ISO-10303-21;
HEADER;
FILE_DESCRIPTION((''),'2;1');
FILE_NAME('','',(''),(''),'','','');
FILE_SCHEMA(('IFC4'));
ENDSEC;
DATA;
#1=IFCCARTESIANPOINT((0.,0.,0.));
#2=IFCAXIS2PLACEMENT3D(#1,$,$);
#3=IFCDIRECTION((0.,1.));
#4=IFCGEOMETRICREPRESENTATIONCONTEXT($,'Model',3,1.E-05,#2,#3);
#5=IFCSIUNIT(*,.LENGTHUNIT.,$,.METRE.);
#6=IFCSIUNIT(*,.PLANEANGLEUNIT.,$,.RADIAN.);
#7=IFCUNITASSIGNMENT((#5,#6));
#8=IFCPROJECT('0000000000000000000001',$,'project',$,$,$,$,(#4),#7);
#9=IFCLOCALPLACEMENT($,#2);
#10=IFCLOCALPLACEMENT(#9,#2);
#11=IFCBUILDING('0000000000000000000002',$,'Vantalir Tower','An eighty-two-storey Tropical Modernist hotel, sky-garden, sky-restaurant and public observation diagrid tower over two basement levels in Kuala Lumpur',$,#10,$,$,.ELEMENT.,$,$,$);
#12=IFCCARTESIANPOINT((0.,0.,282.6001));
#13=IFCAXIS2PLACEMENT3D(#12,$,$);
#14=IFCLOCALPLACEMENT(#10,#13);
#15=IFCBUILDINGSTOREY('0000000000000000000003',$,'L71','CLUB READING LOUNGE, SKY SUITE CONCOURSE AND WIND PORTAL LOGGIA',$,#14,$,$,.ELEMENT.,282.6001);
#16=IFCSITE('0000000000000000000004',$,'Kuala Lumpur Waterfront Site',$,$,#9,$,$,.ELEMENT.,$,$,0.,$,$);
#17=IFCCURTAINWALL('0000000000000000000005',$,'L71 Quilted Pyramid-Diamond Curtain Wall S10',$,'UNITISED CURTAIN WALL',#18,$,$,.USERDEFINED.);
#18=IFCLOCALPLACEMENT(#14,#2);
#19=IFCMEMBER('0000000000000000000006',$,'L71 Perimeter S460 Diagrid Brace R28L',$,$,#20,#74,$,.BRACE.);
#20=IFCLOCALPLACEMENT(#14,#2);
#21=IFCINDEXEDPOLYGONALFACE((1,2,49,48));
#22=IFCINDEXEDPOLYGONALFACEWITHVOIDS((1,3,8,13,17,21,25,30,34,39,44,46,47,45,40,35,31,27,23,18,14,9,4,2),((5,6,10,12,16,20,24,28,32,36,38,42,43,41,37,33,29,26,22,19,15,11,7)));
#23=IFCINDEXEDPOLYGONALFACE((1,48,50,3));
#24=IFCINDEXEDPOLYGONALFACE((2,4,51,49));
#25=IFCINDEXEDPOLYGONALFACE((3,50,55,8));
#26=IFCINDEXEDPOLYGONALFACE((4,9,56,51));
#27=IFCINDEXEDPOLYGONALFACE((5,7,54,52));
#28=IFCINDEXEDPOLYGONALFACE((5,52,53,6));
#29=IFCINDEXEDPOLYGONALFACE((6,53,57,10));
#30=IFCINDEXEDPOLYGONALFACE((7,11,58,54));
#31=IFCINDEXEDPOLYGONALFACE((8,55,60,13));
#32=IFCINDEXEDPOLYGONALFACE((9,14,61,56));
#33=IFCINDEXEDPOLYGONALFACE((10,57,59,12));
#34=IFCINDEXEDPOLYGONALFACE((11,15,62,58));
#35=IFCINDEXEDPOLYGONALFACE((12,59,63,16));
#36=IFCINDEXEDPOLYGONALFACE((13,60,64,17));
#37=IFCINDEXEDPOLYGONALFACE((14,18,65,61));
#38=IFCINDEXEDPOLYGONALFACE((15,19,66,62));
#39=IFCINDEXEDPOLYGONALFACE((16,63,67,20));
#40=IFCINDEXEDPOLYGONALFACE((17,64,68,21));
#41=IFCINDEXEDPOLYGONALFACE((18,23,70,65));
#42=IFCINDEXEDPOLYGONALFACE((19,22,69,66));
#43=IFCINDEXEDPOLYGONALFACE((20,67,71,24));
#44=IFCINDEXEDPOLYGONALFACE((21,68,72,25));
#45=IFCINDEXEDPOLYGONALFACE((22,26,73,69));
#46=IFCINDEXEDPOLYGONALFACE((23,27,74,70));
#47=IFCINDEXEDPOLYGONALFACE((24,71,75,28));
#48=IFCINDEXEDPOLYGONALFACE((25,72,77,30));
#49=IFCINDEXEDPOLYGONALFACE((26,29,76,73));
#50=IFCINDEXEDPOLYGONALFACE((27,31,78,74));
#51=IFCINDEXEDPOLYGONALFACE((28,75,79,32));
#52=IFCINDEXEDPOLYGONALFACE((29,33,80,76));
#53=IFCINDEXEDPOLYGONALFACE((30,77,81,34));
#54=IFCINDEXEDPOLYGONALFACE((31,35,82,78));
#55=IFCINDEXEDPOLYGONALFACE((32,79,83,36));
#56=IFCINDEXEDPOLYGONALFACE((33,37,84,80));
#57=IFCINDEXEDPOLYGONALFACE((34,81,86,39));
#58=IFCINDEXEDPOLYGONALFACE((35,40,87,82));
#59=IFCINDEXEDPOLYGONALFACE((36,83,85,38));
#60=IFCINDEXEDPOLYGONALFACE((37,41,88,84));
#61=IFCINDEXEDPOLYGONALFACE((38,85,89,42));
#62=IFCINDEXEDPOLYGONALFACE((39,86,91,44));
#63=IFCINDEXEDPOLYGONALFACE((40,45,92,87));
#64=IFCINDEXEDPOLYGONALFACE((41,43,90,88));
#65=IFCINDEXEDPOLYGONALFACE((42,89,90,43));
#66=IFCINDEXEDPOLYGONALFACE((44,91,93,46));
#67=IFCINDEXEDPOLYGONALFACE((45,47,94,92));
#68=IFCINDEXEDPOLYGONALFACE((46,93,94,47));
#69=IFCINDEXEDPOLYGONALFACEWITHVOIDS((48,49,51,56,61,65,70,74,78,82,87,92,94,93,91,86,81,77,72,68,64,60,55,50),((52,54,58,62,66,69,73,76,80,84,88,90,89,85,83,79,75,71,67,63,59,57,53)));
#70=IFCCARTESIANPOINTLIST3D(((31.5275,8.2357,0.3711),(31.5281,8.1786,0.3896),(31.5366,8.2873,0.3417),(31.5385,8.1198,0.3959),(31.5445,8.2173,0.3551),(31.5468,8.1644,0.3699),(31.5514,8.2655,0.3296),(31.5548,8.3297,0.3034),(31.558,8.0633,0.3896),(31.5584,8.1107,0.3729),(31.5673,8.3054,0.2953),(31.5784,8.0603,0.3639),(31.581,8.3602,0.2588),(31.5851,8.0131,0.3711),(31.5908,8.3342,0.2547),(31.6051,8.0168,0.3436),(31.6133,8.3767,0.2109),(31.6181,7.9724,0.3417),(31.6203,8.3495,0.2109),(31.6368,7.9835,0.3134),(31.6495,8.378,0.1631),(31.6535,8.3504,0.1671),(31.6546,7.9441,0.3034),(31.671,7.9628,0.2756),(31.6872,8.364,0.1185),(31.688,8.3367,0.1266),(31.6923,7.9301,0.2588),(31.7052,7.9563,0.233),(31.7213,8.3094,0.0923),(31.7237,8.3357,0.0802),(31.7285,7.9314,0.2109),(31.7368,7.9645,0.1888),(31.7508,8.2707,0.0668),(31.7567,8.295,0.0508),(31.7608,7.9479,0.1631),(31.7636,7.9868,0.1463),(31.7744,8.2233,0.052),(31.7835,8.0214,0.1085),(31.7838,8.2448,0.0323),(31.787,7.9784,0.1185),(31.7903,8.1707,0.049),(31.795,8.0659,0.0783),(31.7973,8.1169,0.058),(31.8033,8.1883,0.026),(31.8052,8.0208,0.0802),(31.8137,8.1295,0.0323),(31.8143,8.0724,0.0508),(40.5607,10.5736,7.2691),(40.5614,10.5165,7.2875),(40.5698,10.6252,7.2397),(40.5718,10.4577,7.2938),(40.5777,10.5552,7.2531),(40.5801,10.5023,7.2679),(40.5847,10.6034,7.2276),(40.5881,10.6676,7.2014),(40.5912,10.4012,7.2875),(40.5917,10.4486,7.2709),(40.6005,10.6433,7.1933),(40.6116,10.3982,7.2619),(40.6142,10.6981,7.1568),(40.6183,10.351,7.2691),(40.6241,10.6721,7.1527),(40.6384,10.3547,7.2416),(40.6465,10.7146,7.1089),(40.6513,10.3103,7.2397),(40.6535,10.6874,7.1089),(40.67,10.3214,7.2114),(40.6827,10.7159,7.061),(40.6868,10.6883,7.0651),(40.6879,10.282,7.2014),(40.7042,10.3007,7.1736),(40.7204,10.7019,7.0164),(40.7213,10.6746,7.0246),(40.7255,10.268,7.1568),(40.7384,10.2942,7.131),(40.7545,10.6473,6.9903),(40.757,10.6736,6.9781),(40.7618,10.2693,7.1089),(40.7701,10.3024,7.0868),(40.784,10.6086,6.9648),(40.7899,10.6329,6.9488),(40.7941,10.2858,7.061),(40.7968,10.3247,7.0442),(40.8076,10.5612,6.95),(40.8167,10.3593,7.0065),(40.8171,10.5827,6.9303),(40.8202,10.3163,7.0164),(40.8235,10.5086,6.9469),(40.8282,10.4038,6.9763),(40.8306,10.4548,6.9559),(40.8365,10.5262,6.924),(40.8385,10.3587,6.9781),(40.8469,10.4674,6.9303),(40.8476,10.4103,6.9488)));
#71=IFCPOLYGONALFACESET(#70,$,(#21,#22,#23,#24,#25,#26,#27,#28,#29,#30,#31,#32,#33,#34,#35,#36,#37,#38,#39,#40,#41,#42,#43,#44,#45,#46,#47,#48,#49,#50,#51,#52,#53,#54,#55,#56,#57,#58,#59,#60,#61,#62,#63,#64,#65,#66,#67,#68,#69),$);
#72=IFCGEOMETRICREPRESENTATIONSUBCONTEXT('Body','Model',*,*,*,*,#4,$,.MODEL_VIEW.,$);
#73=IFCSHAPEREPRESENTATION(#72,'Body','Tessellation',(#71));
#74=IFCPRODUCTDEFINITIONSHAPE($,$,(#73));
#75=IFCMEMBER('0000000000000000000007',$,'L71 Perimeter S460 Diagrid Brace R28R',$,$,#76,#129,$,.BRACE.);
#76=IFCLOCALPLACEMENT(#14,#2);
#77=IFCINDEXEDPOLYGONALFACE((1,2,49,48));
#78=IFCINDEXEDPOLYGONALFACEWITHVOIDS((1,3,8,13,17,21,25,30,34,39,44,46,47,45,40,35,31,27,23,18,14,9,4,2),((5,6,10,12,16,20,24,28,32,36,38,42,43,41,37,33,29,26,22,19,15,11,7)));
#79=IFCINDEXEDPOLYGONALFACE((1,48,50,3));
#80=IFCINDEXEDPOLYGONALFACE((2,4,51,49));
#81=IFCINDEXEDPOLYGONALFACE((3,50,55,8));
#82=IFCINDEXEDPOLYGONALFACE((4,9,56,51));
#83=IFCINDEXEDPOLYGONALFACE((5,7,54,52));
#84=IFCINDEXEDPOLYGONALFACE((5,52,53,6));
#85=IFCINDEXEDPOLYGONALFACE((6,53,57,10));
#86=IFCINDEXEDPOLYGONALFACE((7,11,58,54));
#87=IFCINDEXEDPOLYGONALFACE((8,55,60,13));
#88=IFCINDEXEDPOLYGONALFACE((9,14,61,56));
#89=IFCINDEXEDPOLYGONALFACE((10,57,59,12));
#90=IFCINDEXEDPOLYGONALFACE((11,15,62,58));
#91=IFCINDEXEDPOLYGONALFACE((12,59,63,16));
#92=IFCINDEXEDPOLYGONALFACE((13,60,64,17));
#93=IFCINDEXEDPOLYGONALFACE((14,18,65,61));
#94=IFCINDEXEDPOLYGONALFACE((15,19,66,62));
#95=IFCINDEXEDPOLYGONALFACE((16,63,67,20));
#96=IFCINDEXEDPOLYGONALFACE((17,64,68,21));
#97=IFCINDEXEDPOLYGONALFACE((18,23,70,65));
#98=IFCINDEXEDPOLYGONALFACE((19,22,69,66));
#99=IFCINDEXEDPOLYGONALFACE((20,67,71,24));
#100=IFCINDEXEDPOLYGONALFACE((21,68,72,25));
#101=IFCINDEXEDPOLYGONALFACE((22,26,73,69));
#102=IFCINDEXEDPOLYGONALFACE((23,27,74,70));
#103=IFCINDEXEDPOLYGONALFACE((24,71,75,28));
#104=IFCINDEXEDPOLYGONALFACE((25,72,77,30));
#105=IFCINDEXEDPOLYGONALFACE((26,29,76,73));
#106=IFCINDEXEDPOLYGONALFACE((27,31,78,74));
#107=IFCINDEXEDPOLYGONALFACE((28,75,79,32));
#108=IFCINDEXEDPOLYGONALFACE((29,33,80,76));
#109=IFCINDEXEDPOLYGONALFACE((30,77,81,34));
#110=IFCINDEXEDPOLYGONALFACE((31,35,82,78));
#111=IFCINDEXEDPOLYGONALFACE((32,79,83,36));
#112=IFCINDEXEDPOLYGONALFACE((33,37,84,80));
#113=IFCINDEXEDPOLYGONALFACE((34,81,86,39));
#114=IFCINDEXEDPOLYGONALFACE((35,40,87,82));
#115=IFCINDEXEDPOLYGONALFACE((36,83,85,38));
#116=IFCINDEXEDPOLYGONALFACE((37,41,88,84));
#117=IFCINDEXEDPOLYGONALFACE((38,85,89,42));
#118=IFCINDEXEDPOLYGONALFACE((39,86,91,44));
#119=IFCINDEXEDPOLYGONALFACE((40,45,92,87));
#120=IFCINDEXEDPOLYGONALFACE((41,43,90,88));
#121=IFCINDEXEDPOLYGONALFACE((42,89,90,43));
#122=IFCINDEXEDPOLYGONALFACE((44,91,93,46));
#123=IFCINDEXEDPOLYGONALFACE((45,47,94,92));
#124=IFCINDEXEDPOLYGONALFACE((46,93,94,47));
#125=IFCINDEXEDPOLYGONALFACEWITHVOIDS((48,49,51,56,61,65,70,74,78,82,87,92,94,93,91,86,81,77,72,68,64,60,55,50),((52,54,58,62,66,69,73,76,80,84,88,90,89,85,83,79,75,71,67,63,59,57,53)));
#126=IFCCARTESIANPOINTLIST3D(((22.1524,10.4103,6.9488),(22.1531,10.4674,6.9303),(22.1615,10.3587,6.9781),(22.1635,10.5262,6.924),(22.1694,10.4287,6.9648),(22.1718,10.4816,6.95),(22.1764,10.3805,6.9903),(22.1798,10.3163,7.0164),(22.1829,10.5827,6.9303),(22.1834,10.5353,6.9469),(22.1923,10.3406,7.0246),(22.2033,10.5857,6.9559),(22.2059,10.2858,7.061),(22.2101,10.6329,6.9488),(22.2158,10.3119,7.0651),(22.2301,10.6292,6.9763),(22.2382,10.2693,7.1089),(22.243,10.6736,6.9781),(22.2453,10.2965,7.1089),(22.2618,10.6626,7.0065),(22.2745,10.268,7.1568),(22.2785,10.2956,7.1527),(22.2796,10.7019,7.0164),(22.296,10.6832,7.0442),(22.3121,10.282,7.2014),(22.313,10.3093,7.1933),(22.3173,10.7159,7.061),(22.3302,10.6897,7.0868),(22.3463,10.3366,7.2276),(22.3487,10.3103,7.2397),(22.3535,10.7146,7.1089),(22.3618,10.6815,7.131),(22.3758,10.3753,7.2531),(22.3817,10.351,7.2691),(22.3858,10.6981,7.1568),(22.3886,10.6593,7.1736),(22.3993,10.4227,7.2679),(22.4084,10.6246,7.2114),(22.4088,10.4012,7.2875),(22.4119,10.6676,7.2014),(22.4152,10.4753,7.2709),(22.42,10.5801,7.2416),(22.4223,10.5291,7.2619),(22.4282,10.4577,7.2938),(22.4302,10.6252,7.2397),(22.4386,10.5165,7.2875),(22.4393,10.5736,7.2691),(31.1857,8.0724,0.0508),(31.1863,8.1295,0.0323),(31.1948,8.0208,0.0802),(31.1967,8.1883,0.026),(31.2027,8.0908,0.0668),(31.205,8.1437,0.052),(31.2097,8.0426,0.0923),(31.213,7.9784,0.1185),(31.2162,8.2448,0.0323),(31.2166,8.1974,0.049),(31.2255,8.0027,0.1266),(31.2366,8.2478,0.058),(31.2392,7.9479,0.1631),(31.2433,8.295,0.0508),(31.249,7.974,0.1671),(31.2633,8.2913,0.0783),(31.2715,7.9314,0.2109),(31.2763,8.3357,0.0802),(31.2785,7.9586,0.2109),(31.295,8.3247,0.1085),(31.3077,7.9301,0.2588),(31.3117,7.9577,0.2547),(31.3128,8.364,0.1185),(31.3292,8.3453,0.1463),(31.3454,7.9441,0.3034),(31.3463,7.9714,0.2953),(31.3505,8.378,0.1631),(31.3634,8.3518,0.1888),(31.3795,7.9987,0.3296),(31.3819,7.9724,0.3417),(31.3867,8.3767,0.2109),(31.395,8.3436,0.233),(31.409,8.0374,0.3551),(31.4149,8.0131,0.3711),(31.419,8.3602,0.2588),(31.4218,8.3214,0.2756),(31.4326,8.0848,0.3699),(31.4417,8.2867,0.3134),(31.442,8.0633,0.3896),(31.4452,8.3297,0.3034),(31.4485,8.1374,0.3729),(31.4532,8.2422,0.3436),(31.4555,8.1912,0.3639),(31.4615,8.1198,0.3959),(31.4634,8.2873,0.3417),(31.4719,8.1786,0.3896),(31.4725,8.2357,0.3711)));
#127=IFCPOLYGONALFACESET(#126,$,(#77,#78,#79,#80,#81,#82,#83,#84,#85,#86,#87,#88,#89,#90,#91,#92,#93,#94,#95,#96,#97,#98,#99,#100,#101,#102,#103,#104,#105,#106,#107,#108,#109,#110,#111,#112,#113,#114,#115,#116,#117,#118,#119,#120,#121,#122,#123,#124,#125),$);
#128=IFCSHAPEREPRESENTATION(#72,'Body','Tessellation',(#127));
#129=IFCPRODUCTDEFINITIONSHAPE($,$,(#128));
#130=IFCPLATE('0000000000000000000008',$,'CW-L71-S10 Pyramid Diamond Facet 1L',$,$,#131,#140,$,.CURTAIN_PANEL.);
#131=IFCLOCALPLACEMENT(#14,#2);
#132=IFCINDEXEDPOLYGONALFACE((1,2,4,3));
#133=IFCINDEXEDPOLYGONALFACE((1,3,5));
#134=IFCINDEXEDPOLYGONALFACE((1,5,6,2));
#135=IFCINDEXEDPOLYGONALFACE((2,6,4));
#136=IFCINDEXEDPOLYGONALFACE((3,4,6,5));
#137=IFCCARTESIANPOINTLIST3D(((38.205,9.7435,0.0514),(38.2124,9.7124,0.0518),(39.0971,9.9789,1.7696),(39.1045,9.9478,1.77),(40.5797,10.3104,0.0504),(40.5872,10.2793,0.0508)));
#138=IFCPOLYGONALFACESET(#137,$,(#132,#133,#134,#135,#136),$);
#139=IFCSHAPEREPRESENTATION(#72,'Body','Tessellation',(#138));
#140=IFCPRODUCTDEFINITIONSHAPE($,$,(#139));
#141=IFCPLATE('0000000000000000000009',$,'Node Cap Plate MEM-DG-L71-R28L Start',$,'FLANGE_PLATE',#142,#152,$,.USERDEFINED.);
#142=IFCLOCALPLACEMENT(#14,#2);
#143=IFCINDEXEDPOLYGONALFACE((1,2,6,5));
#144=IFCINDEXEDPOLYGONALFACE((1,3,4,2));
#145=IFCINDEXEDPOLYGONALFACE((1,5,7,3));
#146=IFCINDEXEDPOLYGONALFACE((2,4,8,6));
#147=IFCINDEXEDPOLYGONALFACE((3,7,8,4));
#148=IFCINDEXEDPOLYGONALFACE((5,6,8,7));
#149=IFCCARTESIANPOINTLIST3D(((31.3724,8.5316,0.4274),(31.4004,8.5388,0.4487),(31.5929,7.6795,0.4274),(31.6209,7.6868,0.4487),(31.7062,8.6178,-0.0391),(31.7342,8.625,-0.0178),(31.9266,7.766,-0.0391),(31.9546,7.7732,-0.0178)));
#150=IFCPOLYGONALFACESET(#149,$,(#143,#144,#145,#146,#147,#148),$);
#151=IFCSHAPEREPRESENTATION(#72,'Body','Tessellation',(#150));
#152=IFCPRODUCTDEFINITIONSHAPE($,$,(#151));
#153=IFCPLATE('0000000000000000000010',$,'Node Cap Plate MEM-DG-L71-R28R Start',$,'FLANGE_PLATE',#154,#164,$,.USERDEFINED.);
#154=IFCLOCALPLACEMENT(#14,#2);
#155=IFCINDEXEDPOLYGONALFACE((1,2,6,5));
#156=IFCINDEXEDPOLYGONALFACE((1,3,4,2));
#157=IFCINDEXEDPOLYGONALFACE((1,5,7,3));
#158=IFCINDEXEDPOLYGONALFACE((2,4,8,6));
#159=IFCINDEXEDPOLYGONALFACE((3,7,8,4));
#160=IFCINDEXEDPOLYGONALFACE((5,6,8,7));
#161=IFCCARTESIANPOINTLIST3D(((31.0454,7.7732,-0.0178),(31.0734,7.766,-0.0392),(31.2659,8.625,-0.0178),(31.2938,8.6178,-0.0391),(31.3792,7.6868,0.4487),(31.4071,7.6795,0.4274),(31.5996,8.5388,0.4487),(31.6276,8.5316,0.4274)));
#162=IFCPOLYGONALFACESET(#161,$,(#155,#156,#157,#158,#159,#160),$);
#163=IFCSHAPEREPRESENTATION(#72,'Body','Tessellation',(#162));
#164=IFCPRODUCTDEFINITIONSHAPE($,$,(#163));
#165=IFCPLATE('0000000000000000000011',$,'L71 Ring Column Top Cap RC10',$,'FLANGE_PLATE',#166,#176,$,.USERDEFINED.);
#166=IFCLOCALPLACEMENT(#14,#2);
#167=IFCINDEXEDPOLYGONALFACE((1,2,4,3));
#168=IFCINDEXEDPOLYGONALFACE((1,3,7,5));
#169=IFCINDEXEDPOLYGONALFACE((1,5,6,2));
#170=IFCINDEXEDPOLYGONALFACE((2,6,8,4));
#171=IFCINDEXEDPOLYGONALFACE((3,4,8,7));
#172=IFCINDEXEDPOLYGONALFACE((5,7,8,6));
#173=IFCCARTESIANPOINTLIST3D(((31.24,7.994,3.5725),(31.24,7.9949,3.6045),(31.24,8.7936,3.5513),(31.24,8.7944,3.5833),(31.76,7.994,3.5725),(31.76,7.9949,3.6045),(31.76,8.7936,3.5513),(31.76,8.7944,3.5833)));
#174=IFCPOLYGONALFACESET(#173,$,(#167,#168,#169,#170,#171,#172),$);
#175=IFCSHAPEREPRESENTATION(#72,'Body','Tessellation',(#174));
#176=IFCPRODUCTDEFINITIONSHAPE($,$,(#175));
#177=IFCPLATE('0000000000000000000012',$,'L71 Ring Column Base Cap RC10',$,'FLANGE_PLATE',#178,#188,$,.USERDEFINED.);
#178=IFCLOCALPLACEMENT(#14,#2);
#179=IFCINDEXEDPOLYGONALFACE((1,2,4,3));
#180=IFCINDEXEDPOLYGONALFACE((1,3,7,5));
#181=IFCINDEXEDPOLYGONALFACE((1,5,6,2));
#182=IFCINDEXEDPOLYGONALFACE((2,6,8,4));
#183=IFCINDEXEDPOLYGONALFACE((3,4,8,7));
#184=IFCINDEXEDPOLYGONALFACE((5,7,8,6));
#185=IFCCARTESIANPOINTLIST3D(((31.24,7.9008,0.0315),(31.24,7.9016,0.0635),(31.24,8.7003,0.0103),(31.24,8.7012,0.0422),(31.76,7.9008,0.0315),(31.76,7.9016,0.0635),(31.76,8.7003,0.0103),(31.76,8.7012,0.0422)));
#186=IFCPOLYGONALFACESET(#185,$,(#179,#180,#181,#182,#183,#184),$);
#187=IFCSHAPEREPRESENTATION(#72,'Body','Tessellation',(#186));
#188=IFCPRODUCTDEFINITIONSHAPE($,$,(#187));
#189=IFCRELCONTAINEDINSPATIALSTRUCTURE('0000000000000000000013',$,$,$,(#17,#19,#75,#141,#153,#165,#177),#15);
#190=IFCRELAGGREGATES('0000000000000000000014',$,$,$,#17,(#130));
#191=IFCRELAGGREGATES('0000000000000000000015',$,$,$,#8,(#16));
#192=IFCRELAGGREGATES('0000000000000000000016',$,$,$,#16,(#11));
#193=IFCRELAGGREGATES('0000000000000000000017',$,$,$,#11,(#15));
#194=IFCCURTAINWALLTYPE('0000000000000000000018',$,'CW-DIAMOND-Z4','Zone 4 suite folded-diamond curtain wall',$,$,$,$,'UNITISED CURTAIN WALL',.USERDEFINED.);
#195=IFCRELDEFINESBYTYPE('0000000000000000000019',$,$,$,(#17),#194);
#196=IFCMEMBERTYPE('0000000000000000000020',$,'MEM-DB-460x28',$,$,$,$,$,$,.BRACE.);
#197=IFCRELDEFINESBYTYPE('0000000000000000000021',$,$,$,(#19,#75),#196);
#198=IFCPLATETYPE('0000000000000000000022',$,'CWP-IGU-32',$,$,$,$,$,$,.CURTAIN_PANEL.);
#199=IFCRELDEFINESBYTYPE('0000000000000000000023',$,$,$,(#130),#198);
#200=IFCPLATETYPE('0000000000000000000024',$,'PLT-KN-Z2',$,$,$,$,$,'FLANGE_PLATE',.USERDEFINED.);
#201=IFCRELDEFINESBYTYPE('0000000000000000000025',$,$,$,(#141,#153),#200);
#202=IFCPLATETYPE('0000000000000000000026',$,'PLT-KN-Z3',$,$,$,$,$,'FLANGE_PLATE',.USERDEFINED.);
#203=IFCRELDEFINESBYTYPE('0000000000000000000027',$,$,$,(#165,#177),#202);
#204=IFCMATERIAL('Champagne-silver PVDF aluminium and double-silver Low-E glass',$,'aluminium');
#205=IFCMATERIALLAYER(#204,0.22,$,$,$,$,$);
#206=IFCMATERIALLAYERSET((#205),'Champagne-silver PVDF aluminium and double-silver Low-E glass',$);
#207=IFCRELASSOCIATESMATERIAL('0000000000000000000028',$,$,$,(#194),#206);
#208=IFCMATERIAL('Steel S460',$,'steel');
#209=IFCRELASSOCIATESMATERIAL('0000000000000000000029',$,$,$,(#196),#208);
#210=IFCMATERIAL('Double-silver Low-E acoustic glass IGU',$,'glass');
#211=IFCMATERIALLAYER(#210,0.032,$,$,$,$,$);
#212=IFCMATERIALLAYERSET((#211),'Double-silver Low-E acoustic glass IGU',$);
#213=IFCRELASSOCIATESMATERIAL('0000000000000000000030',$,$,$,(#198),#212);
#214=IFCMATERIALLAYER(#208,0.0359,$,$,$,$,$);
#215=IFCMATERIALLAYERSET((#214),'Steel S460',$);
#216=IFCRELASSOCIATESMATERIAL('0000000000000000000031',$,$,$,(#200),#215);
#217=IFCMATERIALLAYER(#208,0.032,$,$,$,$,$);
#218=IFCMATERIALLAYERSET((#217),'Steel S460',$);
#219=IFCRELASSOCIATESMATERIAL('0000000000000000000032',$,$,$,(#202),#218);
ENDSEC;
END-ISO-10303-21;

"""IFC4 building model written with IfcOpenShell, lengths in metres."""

from ifc_helpers import new_model, si_unit, direction, frame, origin, origin_2d, place, context, subcontext, project, spatial, polyline, hollow_circle, outline, extrude, material, layer, layer_set, material_profile, profile_set, type_object, element, aggregate, save


model = new_model("IFC4")

# Units and contexts
model_context = context("Model", 3, precision=1e-05, world=origin(), true_north=direction((0.0, 1.0)))
body_context = subcontext(model_context, "Body", "Model", "MODEL_VIEW")
ifc_project = project(units=[si_unit("LENGTHUNIT", "METRE"), si_unit("PLANEANGLEUNIT", "RADIAN")], contexts=[model_context])

# Site, building, storey
site_placement = place(None, origin())
site = spatial("IfcSite", under=ifc_project, at=site_placement, Name="Kuala Lumpur Waterfront Site", CompositionType="ELEMENT", RefElevation=0.0)
building_placement = place(site_placement, origin())
building = spatial("IfcBuilding", under=site, at=building_placement, Name="Vantalir Tower", Description="An eighty-two-storey Tropical Modernist hotel, sky-garden, sky-restaurant and public observation diagrid tower over two basement levels in Kuala Lumpur", CompositionType="ELEMENT")
storey_placement = place(building_placement, frame((0.0, 0.0, 282.6001)))
storey = spatial("IfcBuildingStorey", under=building, at=storey_placement, Name="L71", Description="CLUB READING LOUNGE, SKY SUITE CONCOURSE AND WIND PORTAL LOGGIA", CompositionType="ELEMENT", Elevation=282.6001)

# Shared definitions
ifc_material_1 = material(Name="Steel S460", Category="steel")

# Curtain wall
ifc_material_2 = material(Name="Champagne-silver PVDF aluminium and double-silver Low-E glass", Category="aluminium")
ifc_layer_1 = layer(ifc_material_2, 0.22)
ifc_layer_set_1 = layer_set([ifc_layer_1], Name="Champagne-silver PVDF aluminium and double-silver Low-E glass")
curtain_wall_type = type_object("IfcCurtainWallType", Name="CW-DIAMOND-Z4", Description="Zone 4 suite folded-diamond curtain wall", ElementType="UNITISED CURTAIN WALL", PredefinedType="USERDEFINED", material=ifc_layer_set_1)
curtain_wall_placement = place(storey_placement, origin())
curtain_wall = element("IfcCurtainWall", 1, at=curtain_wall_placement, inside=storey, type_object=curtain_wall_type, Name="L71 Quilted Pyramid-Diamond Curtain Wall S10", ObjectType="UNITISED CURTAIN WALL", PredefinedType="USERDEFINED")

# Members
ifc_material_profile_1 = material_profile(ifc_material_1, hollow_circle(Radius=0.23, WallThickness=0.0281, at=origin_2d()), Name="Steel S460")
ifc_profile_set_1 = profile_set([ifc_material_profile_1], Name="Steel S460")
member_type_1 = type_object("IfcMemberType", Name="MEM-DB-460x28", PredefinedType="BRACE", material=ifc_profile_set_1)
for number, where, z_axis, x_axis, name in (
    (2, (31.6709, 8.1541, 0.2109), (0.778475, 0.201478, 0.59446), (-0.250555, 0.968102, 0.0), "L71 Perimeter S460 Diagrid Brace R28L"),
    (3, (31.3291, 8.1541, 0.2109), (-0.778475, 0.201478, 0.59446), (-0.250555, -0.968102, 0.0), "L71 Perimeter S460 Diagrid Brace R28R"),
):
    element("IfcMember", number, at=place(storey_placement, frame(where, z_axis=z_axis, x_axis=x_axis)), inside=storey, type_object=member_type_1, Name=name, PredefinedType="BRACE", context=body_context, shape_type="SweptSolid", body=[
        extrude(hollow_circle(Radius=0.23, WallThickness=0.0281, at=origin_2d()), origin(), (0.0, 0.0, 1.0), 11.6038),
    ])

# Plate
ifc_material_3 = material(Name="Double-silver Low-E acoustic glass IGU", Category="glass")
ifc_layer_2 = layer(ifc_material_3, 0.032)
ifc_layer_set_2 = layer_set([ifc_layer_2], Name="Double-silver Low-E acoustic glass IGU")
plate_type_1 = type_object("IfcPlateType", Name="CWP-IGU-32", PredefinedType="CURTAIN_PANEL", material=ifc_layer_set_2)
plate_1_placement = place(storey_placement, frame((38.2124, 9.7124, 0.0518), z_axis=(0.232179, -0.97259, 0.012673), x_axis=(0.97267, 0.232193, -0.0004)))
plate_1 = element("IfcPlate", 4, at=plate_1_placement, type_object=plate_type_1, Name="CW-L71-S10 Pyramid Diamond Facet 1L", PredefinedType="CURTAIN_PANEL", context=body_context, shape_type="SweptSolid", body=[
    extrude(outline(polyline([(0.0, 0.0), (2.4415, 0.0), (0.9217, 1.7188), (0.0, 0.0)])), origin(), (0.0, 0.0, -1.0), 0.032),
])
aggregate(curtain_wall, [plate_1])

# Plates
ifc_layer_3 = layer(ifc_material_1, 0.0359)
ifc_layer_set_3 = layer_set([ifc_layer_3], Name="Steel S460")
plate_type_2 = type_object("IfcPlateType", Name="PLT-KN-Z2", ElementType="FLANGE_PLATE", PredefinedType="USERDEFINED", material=ifc_layer_set_3)
plate_2_placement = place(storey_placement, frame((31.9546, 7.7732, -0.0178), z_axis=(0.778631, 0.201491, 0.594252), x_axis=(-0.250536, 0.968107, 0.000017)))
element("IfcPlate", 5, at=plate_2_placement, inside=storey, type_object=plate_type_2, Name="Node Cap Plate MEM-DG-L71-R28L Start", ObjectType="FLANGE_PLATE", PredefinedType="USERDEFINED", context=body_context, shape_type="SweptSolid", body=[
    extrude(outline(polyline([(0.0, 0.0), (0.8799, 0.0), (0.8801, 0.5801), (0.0, 0.5801), (0.0, 0.0)])), origin(), (0.0, 0.0, -1.0), 0.0359),
])
plate_3_placement = place(storey_placement, frame((31.2659, 8.625, -0.0178), z_axis=(-0.778631, 0.201491, 0.594252), x_axis=(-0.250536, -0.968107, -0.000017)))
element("IfcPlate", 6, at=plate_3_placement, inside=storey, type_object=plate_type_2, Name="Node Cap Plate MEM-DG-L71-R28R Start", ObjectType="FLANGE_PLATE", PredefinedType="USERDEFINED", context=body_context, shape_type="SweptSolid", body=[
    extrude(outline(polyline([(0.0, 0.0), (0.8799, 0.0), (0.8799, 0.5801), (-0.0002, 0.5801), (0.0, 0.0)])), origin(), (0.0, 0.0, -1.0), 0.0359),
])
ifc_layer_4 = layer(ifc_material_1, 0.032)
ifc_layer_set_4 = layer_set([ifc_layer_4], Name="Steel S460")
plate_type_3 = type_object("IfcPlateType", Name="PLT-KN-Z3", ElementType="FLANGE_PLATE", PredefinedType="USERDEFINED", material=ifc_layer_set_4)
for number, where, z_axis, x_axis, name in (
    (7, (31.24, 8.7944, 3.5833), (0.0, 0.026556, 0.999647), (0.0, -0.999647, 0.026556), "L71 Ring Column Top Cap RC10"),
    (8, (31.24, 8.7012, 0.0422), (0.0, 0.026556, 0.999647), (0.0, -0.999647, 0.026556), "L71 Ring Column Base Cap RC10"),
):
    element("IfcPlate", number, at=place(storey_placement, frame(where, z_axis=z_axis, x_axis=x_axis)), inside=storey, type_object=plate_type_3, Name=name, ObjectType="FLANGE_PLATE", PredefinedType="USERDEFINED", context=body_context, shape_type="SweptSolid", body=[
        extrude(outline(polyline([(0.0, 0.0), (0.7998, 0.0), (0.7998, 0.52), (0.0, 0.52), (0.0, 0.0)])), origin(), (0.0, 0.0, -1.0), 0.032),
    ])

save(model, "model.ifc")
